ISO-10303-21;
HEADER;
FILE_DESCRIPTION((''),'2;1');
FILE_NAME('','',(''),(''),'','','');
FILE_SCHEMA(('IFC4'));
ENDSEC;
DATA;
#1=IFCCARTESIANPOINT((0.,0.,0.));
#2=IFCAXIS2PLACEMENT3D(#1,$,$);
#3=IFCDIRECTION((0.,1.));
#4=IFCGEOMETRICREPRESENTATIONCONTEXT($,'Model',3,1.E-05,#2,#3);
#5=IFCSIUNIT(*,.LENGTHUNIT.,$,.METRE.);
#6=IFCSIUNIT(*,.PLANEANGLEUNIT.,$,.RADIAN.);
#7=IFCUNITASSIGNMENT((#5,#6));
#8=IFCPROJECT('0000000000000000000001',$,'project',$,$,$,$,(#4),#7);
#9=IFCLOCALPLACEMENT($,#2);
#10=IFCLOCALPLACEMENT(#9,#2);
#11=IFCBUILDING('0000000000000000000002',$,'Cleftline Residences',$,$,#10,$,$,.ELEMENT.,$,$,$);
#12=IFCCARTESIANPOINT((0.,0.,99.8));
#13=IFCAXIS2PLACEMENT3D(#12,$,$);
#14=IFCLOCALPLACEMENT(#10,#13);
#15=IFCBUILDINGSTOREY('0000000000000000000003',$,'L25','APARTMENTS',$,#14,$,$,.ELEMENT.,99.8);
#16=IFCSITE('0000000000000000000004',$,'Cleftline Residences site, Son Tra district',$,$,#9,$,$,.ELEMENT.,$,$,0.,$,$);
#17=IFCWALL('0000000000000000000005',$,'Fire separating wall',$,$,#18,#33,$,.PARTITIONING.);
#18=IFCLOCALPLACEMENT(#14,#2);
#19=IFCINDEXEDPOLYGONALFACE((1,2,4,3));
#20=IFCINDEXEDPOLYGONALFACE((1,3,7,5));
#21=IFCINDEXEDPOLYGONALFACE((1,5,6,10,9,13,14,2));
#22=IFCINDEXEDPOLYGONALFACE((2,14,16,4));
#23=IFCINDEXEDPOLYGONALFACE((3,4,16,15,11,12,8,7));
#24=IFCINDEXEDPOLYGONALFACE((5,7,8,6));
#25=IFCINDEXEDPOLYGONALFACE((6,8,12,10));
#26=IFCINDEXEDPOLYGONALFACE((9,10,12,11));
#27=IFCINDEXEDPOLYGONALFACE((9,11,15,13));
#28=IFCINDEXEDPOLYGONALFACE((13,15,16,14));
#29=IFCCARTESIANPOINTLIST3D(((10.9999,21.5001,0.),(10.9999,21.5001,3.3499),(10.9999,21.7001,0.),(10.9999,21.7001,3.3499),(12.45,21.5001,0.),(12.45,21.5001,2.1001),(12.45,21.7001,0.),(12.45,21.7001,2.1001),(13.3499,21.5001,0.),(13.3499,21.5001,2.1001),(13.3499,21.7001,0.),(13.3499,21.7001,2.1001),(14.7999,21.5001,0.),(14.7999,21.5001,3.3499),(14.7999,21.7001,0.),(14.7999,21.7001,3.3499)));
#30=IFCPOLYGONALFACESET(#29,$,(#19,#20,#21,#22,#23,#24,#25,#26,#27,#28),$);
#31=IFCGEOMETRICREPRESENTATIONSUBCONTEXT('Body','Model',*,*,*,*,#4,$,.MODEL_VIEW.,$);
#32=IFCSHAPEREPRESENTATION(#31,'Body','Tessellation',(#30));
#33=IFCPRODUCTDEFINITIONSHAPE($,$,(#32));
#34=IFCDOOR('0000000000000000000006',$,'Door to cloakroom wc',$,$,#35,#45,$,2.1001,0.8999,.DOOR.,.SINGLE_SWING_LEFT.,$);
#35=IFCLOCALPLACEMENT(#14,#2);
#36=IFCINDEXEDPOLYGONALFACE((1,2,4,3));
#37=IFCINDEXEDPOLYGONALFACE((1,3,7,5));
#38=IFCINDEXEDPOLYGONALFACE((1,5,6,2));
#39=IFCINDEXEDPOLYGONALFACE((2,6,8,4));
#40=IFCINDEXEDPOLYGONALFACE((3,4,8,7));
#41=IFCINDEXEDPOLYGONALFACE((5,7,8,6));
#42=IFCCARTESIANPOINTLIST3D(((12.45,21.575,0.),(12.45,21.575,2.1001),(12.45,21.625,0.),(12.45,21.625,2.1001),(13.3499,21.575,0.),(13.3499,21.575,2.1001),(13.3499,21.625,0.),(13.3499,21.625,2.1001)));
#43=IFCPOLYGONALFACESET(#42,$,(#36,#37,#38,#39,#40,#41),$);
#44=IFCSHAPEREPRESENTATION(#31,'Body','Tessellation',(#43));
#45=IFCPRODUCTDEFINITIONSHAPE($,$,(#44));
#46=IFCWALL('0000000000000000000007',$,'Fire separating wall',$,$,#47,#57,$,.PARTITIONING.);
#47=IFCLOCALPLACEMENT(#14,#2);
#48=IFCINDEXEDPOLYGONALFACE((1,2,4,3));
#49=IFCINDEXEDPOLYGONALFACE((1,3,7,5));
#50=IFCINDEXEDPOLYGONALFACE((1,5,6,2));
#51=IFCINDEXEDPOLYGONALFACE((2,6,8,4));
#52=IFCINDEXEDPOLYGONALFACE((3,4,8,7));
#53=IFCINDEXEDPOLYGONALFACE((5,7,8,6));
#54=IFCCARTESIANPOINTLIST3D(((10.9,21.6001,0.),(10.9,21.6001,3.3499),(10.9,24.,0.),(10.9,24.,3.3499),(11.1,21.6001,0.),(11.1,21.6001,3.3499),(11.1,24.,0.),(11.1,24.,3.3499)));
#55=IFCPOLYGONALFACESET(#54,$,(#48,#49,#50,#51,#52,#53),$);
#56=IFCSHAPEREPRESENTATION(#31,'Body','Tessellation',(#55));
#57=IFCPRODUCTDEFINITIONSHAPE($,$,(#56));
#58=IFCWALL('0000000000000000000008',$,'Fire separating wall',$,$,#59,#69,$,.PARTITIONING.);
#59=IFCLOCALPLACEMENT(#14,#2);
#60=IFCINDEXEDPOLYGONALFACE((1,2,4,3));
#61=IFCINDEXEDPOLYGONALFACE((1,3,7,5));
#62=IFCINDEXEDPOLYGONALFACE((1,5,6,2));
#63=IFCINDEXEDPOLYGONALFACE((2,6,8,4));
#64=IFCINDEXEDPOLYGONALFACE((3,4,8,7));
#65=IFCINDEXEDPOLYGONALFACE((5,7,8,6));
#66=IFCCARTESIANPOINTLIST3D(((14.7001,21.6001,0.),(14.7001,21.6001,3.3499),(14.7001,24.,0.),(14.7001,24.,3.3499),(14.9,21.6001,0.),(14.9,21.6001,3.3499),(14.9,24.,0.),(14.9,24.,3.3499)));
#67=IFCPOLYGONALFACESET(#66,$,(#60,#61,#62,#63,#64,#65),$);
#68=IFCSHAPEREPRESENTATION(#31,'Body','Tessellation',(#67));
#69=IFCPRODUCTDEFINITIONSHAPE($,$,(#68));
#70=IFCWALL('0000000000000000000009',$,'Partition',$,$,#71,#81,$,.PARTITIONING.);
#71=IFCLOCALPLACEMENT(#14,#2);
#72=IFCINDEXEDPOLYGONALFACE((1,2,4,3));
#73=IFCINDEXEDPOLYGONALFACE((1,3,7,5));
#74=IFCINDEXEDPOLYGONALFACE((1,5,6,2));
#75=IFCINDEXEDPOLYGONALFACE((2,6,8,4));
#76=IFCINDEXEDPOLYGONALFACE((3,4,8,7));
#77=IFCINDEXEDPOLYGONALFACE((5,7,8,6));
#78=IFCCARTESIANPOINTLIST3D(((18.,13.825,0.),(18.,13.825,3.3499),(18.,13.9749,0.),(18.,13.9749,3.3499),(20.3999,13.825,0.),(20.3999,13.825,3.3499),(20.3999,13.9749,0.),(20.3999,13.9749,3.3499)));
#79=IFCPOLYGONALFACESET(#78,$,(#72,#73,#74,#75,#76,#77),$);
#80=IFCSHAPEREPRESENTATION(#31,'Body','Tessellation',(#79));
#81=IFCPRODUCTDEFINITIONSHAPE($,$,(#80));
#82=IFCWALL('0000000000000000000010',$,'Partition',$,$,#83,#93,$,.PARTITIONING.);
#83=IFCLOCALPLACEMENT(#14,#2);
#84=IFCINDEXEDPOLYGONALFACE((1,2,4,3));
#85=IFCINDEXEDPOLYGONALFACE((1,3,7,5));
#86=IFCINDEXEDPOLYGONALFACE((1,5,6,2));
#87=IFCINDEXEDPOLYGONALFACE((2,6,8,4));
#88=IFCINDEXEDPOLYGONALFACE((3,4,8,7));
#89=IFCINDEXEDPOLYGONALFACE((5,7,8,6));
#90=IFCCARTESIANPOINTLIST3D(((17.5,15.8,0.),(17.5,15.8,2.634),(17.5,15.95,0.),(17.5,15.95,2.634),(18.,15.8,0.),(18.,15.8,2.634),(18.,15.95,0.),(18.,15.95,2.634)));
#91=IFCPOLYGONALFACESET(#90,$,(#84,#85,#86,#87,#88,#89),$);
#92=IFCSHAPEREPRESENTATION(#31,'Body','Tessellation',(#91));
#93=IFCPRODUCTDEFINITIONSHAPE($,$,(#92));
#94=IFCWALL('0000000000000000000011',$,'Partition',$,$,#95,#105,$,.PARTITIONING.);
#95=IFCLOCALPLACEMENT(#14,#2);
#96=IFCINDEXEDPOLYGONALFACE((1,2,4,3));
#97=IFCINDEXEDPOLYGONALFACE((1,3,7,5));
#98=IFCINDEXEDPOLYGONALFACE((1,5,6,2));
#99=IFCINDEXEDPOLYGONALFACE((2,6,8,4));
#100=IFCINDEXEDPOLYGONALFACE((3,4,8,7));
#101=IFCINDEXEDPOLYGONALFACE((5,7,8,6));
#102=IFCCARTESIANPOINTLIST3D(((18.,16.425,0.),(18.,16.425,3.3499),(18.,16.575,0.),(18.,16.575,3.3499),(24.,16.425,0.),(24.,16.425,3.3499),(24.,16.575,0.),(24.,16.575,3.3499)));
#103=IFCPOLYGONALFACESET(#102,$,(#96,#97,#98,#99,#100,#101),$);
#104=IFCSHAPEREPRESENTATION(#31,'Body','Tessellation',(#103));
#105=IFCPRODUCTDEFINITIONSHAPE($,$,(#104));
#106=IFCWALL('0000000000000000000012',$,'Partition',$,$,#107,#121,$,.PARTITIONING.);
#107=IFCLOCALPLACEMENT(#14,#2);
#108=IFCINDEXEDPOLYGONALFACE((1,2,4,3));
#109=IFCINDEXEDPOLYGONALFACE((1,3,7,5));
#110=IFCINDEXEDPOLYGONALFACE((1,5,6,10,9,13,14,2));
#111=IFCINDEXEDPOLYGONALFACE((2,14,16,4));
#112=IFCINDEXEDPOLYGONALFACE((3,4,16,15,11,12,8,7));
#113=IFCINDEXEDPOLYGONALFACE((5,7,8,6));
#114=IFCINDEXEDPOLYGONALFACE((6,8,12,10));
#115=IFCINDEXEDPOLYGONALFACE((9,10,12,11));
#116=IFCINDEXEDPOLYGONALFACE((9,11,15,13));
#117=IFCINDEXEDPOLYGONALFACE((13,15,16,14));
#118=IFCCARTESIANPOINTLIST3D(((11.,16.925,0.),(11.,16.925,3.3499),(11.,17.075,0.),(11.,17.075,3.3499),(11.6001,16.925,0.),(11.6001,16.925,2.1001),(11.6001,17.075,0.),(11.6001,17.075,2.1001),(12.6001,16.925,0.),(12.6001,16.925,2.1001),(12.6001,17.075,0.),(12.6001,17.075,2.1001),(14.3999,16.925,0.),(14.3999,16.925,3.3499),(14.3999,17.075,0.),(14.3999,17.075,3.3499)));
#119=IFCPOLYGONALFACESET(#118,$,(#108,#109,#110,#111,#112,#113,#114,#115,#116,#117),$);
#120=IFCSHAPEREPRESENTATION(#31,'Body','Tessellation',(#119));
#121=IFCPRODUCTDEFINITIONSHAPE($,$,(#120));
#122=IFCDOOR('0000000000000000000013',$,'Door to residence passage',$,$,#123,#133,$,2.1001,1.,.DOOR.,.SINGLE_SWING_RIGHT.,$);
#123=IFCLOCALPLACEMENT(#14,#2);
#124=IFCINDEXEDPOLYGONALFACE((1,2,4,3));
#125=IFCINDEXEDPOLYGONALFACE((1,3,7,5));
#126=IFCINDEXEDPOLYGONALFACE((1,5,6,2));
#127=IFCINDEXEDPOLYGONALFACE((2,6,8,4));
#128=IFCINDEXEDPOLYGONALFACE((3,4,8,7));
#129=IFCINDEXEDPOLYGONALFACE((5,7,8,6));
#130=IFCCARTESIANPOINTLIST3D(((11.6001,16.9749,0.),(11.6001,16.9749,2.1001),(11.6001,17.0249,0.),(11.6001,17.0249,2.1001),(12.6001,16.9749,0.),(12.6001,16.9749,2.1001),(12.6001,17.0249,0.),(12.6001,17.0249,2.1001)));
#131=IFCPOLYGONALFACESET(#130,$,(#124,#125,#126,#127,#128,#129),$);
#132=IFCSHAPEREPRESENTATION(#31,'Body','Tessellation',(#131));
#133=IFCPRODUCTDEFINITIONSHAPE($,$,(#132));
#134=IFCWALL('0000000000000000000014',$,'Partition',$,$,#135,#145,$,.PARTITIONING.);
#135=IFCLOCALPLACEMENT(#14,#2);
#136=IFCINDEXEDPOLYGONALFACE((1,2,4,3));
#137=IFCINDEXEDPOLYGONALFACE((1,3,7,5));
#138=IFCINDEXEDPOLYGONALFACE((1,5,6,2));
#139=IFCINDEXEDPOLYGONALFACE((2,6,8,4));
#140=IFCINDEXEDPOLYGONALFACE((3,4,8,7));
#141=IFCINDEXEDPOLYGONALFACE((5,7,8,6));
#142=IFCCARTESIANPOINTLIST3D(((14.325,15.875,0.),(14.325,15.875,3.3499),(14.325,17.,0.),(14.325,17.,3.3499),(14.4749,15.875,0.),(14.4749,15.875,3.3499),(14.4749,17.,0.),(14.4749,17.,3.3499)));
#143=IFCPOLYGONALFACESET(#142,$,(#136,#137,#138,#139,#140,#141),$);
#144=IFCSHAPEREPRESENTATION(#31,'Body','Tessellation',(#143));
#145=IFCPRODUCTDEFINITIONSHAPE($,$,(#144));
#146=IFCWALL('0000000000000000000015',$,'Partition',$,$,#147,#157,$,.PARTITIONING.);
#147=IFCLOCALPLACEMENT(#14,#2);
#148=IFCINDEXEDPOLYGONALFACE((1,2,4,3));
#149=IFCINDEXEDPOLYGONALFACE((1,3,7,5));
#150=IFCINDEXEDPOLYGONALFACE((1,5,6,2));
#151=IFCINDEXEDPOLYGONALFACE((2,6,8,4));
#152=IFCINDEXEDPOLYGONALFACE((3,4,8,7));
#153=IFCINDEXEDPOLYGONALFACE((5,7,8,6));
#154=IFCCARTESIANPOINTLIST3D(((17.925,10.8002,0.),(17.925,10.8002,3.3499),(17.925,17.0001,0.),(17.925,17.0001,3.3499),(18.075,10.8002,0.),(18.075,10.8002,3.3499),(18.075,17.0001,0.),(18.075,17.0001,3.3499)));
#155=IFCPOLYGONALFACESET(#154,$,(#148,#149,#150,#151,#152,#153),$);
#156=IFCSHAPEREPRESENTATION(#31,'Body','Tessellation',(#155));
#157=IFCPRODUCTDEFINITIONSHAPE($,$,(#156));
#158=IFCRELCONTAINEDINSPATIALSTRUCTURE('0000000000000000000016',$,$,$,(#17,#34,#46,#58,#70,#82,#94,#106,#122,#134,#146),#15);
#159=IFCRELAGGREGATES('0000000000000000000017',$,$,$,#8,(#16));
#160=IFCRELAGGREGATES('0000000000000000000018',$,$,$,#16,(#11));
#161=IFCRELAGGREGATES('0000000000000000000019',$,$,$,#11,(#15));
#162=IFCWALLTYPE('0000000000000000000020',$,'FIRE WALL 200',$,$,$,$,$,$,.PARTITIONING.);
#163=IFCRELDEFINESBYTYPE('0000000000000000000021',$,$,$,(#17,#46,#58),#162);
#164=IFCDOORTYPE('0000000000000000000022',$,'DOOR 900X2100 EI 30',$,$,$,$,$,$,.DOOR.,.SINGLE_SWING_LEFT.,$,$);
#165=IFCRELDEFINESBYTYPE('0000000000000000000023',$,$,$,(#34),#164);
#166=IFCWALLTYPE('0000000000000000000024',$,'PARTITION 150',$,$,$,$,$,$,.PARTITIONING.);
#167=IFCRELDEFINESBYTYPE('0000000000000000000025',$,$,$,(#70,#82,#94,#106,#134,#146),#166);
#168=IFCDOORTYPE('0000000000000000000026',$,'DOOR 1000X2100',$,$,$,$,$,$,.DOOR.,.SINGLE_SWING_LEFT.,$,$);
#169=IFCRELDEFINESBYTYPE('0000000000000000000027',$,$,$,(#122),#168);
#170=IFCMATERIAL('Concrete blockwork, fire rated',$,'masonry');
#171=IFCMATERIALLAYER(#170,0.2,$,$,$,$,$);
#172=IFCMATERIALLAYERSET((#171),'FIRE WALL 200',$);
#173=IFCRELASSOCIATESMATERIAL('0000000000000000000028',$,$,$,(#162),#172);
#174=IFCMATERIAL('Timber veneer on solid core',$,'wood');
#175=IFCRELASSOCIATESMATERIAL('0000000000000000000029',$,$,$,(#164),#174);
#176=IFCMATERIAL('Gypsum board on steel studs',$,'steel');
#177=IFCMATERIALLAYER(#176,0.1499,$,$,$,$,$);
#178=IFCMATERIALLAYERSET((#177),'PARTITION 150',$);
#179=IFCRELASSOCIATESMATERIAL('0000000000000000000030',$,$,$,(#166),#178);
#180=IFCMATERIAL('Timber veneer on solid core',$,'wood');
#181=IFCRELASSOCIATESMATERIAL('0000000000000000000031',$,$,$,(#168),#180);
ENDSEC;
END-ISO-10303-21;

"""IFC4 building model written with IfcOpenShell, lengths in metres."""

from ifc_helpers import new_model, si_unit, direction, frame, frame_2d, origin, place, context, subcontext, project, spatial, rectangle, extrude, material, layer, layer_set, type_object, element, fill, save


model = new_model("IFC4")

# Units and contexts
model_context = context("Model", 3, precision=1e-05, world=origin(), true_north=direction((0.0, 1.0)))
body_context = subcontext(model_context, "Body", "Model", "MODEL_VIEW")
ifc_project = project(units=[si_unit("LENGTHUNIT", "METRE"), si_unit("PLANEANGLEUNIT", "RADIAN")], contexts=[model_context])

# Site, building, storey
site_placement = place(None, origin())
site = spatial("IfcSite", under=ifc_project, at=site_placement, Name="Cleftline Residences site, Son Tra district", CompositionType="ELEMENT", RefElevation=0.0)
building_placement = place(site_placement, origin())
building = spatial("IfcBuilding", under=site, at=building_placement, Name="Cleftline Residences", CompositionType="ELEMENT")
storey_placement = place(building_placement, frame((0.0, 0.0, 99.8)))
storey = spatial("IfcBuildingStorey", under=building, at=storey_placement, Name="L25", Description="APARTMENTS", CompositionType="ELEMENT", Elevation=99.8)

# Shared definitions
ifc_material_1 = material(Name="Concrete blockwork, fire rated", Category="masonry")
ifc_layer_1 = layer(ifc_material_1, 0.2)
ifc_layer_set_1 = layer_set([ifc_layer_1], Name="FIRE WALL 200")
wall_type_1 = type_object("IfcWallType", Name="FIRE WALL 200", PredefinedType="PARTITIONING", material=ifc_layer_set_1)

# Wall, opening, door
wall_1_placement = place(storey_placement, frame((11.0, 21.6001, 0.0), z_axis=(0.0, 0.0, 1.0), x_axis=(1.0, 0.0, 0.0)))
wall_1 = element("IfcWall", 1, at=wall_1_placement, inside=storey, type_object=wall_type_1, Name="Fire separating wall", PredefinedType="PARTITIONING", context=body_context, shape_type="SweptSolid", body=[
    extrude(rectangle(XDim=3.8, YDim=0.2, at=frame_2d((1.8999, 0.0))), origin(), (0.0, 0.0, 1.0), 3.3499),
])
opening_1_placement = place(wall_1_placement, frame((1.45, 0.0, 0.0)))
opening_1 = element("IfcOpeningElement", 2, at=opening_1_placement, cuts=wall_1, PredefinedType="OPENING", context=body_context, shape_type="SweptSolid", body=[
    extrude(rectangle(XDim=0.8999, YDim=2.1001, at=frame_2d((0.45, 1.05))), frame((0.0, 0.1099, 0.0), z_axis=(0.0, -1.0, 0.0), x_axis=(1.0, 0.0, 0.0)), (0.0, 0.0, 1.0), 0.22),
])
ifc_material_2 = material(Name="Timber veneer on solid core", Category="wood")
door_type_1 = type_object("IfcDoorType", Name="DOOR 900X2100 EI 30", OperationType="SINGLE_SWING_LEFT", PredefinedType="DOOR", material=ifc_material_2)
door_1_placement = place(opening_1_placement, origin())
door_1 = element("IfcDoor", 3, at=door_1_placement, inside=storey, type_object=door_type_1, Name="Door to cloakroom wc", OperationType="SINGLE_SWING_LEFT", OverallHeight=2.1001, OverallWidth=0.8999, PredefinedType="DOOR", context=body_context, shape_type="SweptSolid", body=[
    extrude(rectangle(XDim=0.8999, YDim=2.1001, at=frame_2d((0.45, 1.05))), frame((0.0, 0.0249, 0.0), z_axis=(0.0, -1.0, 0.0), x_axis=(1.0, 0.0, 0.0)), (0.0, 0.0, 1.0), 0.05),
])
fill(opening_1, door_1)

# Walls
for number, where, z_axis, x_axis, name in (
    (4, (11.0, 21.6001, 0.0), (0.0, 0.0, 1.0), (0.0, 1.0, 0.0), "Fire separating wall"),
    (5, (14.8, 21.6001, 0.0), (0.0, 0.0, 1.0), (0.0, 1.0, 0.0), "Fire separating wall"),
):
    element("IfcWall", number, at=place(storey_placement, frame(where, z_axis=z_axis, x_axis=x_axis)), inside=storey, type_object=wall_type_1, Name=name, PredefinedType="PARTITIONING", context=body_context, shape_type="SweptSolid", body=[
        extrude(rectangle(XDim=2.3999, YDim=0.2, at=frame_2d((1.2, 0.0))), origin(), (0.0, 0.0, 1.0), 3.3499),
    ])

# Walls
ifc_material_3 = material(Name="Gypsum board on steel studs", Category="steel")
ifc_layer_2 = layer(ifc_material_3, 0.1499)
ifc_layer_set_2 = layer_set([ifc_layer_2], Name="PARTITION 150")
wall_type_2 = type_object("IfcWallType", Name="PARTITION 150", PredefinedType="PARTITIONING", material=ifc_layer_set_2)
wall_2_placement = place(storey_placement, frame((18.0, 13.8999, 0.0), z_axis=(0.0, 0.0, 1.0), x_axis=(1.0, 0.0, 0.0)))
element("IfcWall", 6, at=wall_2_placement, inside=storey, type_object=wall_type_2, Name="Partition", PredefinedType="PARTITIONING", context=body_context, shape_type="SweptSolid", body=[
    extrude(rectangle(XDim=2.3999, YDim=0.1499, at=frame_2d((1.2, 0.0))), origin(), (0.0, 0.0, 1.0), 3.3499),
])
wall_3_placement = place(storey_placement, frame((17.5, 15.875, 0.0), z_axis=(0.0, 0.0, 1.0), x_axis=(1.0, 0.0, 0.0)))
element("IfcWall", 7, at=wall_3_placement, inside=storey, type_object=wall_type_2, Name="Partition", PredefinedType="PARTITIONING", context=body_context, shape_type="SweptSolid", body=[
    extrude(rectangle(XDim=0.5, YDim=0.1499, at=frame_2d((0.25, 0.0))), origin(), (0.0, 0.0, 1.0), 2.634),
])
wall_4_placement = place(storey_placement, frame((18.0, 16.5, 0.0), z_axis=(0.0, 0.0, 1.0), x_axis=(1.0, 0.0, 0.0)))
element("IfcWall", 8, at=wall_4_placement, inside=storey, type_object=wall_type_2, Name="Partition", PredefinedType="PARTITIONING", context=body_context, shape_type="SweptSolid", body=[
    extrude(rectangle(XDim=6.0, YDim=0.1499, at=frame_2d((3.0, 0.0))), origin(), (0.0, 0.0, 1.0), 3.3499),
])

# Wall, opening, door
wall_5_placement = place(storey_placement, frame((11.0, 17.0, 0.0), z_axis=(0.0, 0.0, 1.0), x_axis=(1.0, 0.0, 0.0)))
wall_5 = element("IfcWall", 9, at=wall_5_placement, inside=storey, type_object=wall_type_2, Name="Partition", PredefinedType="PARTITIONING", context=body_context, shape_type="SweptSolid", body=[
    extrude(rectangle(XDim=3.3999, YDim=0.1499, at=frame_2d((1.7, 0.0))), origin(), (0.0, 0.0, 1.0), 3.3499),
])
opening_2_placement = place(wall_5_placement, frame((0.6001, 0.0, 0.0)))
opening_2 = element("IfcOpeningElement", 10, at=opening_2_placement, cuts=wall_5, PredefinedType="OPENING", context=body_context, shape_type="SweptSolid", body=[
    extrude(rectangle(XDim=1.0, YDim=2.1001, at=frame_2d((0.5, 1.05))), frame((0.0, 0.085, 0.0), z_axis=(0.0, -1.0, 0.0), x_axis=(1.0, 0.0, 0.0)), (0.0, 0.0, 1.0), 0.1699),
])
ifc_material_4 = material(Name="Timber veneer on solid core", Category="wood")
door_type_2 = type_object("IfcDoorType", Name="DOOR 1000X2100", OperationType="SINGLE_SWING_LEFT", PredefinedType="DOOR", material=ifc_material_4)
door_2_placement = place(opening_2_placement, origin())
door_2 = element("IfcDoor", 11, at=door_2_placement, inside=storey, type_object=door_type_2, Name="Door to residence passage", OperationType="SINGLE_SWING_RIGHT", OverallHeight=2.1001, OverallWidth=1.0, PredefinedType="DOOR", context=body_context, shape_type="SweptSolid", body=[
    extrude(rectangle(XDim=1.0, YDim=2.1001, at=frame_2d((0.5, 1.05))), frame((0.0, 0.0249, 0.0), z_axis=(0.0, -1.0, 0.0), x_axis=(1.0, 0.0, 0.0)), (0.0, 0.0, 1.0), 0.05),
])
fill(opening_2, door_2)

# Walls
wall_6_placement = place(storey_placement, frame((14.3999, 15.875, 0.0), z_axis=(0.0, 0.0, 1.0), x_axis=(0.0, 1.0, 0.0)))
element("IfcWall", 12, at=wall_6_placement, inside=storey, type_object=wall_type_2, Name="Partition", PredefinedType="PARTITIONING", context=body_context, shape_type="SweptSolid", body=[
    extrude(rectangle(XDim=1.125, YDim=0.1499, at=frame_2d((0.5625, 0.0))), origin(), (0.0, 0.0, 1.0), 3.3499),
])
wall_7_placement = place(storey_placement, frame((18.0, 10.8, 0.0), z_axis=(0.0, 0.0, 1.0), x_axis=(0.0, 1.0, 0.0)))
element("IfcWall", 13, at=wall_7_placement, inside=storey, type_object=wall_type_2, Name="Partition", PredefinedType="PARTITIONING", context=body_context, shape_type="SweptSolid", body=[
    extrude(rectangle(XDim=6.2, YDim=0.1499, at=frame_2d((3.1001, 0.0))), origin(), (0.0, 0.0, 1.0), 3.3499),
])

save(model, "model.ifc")
